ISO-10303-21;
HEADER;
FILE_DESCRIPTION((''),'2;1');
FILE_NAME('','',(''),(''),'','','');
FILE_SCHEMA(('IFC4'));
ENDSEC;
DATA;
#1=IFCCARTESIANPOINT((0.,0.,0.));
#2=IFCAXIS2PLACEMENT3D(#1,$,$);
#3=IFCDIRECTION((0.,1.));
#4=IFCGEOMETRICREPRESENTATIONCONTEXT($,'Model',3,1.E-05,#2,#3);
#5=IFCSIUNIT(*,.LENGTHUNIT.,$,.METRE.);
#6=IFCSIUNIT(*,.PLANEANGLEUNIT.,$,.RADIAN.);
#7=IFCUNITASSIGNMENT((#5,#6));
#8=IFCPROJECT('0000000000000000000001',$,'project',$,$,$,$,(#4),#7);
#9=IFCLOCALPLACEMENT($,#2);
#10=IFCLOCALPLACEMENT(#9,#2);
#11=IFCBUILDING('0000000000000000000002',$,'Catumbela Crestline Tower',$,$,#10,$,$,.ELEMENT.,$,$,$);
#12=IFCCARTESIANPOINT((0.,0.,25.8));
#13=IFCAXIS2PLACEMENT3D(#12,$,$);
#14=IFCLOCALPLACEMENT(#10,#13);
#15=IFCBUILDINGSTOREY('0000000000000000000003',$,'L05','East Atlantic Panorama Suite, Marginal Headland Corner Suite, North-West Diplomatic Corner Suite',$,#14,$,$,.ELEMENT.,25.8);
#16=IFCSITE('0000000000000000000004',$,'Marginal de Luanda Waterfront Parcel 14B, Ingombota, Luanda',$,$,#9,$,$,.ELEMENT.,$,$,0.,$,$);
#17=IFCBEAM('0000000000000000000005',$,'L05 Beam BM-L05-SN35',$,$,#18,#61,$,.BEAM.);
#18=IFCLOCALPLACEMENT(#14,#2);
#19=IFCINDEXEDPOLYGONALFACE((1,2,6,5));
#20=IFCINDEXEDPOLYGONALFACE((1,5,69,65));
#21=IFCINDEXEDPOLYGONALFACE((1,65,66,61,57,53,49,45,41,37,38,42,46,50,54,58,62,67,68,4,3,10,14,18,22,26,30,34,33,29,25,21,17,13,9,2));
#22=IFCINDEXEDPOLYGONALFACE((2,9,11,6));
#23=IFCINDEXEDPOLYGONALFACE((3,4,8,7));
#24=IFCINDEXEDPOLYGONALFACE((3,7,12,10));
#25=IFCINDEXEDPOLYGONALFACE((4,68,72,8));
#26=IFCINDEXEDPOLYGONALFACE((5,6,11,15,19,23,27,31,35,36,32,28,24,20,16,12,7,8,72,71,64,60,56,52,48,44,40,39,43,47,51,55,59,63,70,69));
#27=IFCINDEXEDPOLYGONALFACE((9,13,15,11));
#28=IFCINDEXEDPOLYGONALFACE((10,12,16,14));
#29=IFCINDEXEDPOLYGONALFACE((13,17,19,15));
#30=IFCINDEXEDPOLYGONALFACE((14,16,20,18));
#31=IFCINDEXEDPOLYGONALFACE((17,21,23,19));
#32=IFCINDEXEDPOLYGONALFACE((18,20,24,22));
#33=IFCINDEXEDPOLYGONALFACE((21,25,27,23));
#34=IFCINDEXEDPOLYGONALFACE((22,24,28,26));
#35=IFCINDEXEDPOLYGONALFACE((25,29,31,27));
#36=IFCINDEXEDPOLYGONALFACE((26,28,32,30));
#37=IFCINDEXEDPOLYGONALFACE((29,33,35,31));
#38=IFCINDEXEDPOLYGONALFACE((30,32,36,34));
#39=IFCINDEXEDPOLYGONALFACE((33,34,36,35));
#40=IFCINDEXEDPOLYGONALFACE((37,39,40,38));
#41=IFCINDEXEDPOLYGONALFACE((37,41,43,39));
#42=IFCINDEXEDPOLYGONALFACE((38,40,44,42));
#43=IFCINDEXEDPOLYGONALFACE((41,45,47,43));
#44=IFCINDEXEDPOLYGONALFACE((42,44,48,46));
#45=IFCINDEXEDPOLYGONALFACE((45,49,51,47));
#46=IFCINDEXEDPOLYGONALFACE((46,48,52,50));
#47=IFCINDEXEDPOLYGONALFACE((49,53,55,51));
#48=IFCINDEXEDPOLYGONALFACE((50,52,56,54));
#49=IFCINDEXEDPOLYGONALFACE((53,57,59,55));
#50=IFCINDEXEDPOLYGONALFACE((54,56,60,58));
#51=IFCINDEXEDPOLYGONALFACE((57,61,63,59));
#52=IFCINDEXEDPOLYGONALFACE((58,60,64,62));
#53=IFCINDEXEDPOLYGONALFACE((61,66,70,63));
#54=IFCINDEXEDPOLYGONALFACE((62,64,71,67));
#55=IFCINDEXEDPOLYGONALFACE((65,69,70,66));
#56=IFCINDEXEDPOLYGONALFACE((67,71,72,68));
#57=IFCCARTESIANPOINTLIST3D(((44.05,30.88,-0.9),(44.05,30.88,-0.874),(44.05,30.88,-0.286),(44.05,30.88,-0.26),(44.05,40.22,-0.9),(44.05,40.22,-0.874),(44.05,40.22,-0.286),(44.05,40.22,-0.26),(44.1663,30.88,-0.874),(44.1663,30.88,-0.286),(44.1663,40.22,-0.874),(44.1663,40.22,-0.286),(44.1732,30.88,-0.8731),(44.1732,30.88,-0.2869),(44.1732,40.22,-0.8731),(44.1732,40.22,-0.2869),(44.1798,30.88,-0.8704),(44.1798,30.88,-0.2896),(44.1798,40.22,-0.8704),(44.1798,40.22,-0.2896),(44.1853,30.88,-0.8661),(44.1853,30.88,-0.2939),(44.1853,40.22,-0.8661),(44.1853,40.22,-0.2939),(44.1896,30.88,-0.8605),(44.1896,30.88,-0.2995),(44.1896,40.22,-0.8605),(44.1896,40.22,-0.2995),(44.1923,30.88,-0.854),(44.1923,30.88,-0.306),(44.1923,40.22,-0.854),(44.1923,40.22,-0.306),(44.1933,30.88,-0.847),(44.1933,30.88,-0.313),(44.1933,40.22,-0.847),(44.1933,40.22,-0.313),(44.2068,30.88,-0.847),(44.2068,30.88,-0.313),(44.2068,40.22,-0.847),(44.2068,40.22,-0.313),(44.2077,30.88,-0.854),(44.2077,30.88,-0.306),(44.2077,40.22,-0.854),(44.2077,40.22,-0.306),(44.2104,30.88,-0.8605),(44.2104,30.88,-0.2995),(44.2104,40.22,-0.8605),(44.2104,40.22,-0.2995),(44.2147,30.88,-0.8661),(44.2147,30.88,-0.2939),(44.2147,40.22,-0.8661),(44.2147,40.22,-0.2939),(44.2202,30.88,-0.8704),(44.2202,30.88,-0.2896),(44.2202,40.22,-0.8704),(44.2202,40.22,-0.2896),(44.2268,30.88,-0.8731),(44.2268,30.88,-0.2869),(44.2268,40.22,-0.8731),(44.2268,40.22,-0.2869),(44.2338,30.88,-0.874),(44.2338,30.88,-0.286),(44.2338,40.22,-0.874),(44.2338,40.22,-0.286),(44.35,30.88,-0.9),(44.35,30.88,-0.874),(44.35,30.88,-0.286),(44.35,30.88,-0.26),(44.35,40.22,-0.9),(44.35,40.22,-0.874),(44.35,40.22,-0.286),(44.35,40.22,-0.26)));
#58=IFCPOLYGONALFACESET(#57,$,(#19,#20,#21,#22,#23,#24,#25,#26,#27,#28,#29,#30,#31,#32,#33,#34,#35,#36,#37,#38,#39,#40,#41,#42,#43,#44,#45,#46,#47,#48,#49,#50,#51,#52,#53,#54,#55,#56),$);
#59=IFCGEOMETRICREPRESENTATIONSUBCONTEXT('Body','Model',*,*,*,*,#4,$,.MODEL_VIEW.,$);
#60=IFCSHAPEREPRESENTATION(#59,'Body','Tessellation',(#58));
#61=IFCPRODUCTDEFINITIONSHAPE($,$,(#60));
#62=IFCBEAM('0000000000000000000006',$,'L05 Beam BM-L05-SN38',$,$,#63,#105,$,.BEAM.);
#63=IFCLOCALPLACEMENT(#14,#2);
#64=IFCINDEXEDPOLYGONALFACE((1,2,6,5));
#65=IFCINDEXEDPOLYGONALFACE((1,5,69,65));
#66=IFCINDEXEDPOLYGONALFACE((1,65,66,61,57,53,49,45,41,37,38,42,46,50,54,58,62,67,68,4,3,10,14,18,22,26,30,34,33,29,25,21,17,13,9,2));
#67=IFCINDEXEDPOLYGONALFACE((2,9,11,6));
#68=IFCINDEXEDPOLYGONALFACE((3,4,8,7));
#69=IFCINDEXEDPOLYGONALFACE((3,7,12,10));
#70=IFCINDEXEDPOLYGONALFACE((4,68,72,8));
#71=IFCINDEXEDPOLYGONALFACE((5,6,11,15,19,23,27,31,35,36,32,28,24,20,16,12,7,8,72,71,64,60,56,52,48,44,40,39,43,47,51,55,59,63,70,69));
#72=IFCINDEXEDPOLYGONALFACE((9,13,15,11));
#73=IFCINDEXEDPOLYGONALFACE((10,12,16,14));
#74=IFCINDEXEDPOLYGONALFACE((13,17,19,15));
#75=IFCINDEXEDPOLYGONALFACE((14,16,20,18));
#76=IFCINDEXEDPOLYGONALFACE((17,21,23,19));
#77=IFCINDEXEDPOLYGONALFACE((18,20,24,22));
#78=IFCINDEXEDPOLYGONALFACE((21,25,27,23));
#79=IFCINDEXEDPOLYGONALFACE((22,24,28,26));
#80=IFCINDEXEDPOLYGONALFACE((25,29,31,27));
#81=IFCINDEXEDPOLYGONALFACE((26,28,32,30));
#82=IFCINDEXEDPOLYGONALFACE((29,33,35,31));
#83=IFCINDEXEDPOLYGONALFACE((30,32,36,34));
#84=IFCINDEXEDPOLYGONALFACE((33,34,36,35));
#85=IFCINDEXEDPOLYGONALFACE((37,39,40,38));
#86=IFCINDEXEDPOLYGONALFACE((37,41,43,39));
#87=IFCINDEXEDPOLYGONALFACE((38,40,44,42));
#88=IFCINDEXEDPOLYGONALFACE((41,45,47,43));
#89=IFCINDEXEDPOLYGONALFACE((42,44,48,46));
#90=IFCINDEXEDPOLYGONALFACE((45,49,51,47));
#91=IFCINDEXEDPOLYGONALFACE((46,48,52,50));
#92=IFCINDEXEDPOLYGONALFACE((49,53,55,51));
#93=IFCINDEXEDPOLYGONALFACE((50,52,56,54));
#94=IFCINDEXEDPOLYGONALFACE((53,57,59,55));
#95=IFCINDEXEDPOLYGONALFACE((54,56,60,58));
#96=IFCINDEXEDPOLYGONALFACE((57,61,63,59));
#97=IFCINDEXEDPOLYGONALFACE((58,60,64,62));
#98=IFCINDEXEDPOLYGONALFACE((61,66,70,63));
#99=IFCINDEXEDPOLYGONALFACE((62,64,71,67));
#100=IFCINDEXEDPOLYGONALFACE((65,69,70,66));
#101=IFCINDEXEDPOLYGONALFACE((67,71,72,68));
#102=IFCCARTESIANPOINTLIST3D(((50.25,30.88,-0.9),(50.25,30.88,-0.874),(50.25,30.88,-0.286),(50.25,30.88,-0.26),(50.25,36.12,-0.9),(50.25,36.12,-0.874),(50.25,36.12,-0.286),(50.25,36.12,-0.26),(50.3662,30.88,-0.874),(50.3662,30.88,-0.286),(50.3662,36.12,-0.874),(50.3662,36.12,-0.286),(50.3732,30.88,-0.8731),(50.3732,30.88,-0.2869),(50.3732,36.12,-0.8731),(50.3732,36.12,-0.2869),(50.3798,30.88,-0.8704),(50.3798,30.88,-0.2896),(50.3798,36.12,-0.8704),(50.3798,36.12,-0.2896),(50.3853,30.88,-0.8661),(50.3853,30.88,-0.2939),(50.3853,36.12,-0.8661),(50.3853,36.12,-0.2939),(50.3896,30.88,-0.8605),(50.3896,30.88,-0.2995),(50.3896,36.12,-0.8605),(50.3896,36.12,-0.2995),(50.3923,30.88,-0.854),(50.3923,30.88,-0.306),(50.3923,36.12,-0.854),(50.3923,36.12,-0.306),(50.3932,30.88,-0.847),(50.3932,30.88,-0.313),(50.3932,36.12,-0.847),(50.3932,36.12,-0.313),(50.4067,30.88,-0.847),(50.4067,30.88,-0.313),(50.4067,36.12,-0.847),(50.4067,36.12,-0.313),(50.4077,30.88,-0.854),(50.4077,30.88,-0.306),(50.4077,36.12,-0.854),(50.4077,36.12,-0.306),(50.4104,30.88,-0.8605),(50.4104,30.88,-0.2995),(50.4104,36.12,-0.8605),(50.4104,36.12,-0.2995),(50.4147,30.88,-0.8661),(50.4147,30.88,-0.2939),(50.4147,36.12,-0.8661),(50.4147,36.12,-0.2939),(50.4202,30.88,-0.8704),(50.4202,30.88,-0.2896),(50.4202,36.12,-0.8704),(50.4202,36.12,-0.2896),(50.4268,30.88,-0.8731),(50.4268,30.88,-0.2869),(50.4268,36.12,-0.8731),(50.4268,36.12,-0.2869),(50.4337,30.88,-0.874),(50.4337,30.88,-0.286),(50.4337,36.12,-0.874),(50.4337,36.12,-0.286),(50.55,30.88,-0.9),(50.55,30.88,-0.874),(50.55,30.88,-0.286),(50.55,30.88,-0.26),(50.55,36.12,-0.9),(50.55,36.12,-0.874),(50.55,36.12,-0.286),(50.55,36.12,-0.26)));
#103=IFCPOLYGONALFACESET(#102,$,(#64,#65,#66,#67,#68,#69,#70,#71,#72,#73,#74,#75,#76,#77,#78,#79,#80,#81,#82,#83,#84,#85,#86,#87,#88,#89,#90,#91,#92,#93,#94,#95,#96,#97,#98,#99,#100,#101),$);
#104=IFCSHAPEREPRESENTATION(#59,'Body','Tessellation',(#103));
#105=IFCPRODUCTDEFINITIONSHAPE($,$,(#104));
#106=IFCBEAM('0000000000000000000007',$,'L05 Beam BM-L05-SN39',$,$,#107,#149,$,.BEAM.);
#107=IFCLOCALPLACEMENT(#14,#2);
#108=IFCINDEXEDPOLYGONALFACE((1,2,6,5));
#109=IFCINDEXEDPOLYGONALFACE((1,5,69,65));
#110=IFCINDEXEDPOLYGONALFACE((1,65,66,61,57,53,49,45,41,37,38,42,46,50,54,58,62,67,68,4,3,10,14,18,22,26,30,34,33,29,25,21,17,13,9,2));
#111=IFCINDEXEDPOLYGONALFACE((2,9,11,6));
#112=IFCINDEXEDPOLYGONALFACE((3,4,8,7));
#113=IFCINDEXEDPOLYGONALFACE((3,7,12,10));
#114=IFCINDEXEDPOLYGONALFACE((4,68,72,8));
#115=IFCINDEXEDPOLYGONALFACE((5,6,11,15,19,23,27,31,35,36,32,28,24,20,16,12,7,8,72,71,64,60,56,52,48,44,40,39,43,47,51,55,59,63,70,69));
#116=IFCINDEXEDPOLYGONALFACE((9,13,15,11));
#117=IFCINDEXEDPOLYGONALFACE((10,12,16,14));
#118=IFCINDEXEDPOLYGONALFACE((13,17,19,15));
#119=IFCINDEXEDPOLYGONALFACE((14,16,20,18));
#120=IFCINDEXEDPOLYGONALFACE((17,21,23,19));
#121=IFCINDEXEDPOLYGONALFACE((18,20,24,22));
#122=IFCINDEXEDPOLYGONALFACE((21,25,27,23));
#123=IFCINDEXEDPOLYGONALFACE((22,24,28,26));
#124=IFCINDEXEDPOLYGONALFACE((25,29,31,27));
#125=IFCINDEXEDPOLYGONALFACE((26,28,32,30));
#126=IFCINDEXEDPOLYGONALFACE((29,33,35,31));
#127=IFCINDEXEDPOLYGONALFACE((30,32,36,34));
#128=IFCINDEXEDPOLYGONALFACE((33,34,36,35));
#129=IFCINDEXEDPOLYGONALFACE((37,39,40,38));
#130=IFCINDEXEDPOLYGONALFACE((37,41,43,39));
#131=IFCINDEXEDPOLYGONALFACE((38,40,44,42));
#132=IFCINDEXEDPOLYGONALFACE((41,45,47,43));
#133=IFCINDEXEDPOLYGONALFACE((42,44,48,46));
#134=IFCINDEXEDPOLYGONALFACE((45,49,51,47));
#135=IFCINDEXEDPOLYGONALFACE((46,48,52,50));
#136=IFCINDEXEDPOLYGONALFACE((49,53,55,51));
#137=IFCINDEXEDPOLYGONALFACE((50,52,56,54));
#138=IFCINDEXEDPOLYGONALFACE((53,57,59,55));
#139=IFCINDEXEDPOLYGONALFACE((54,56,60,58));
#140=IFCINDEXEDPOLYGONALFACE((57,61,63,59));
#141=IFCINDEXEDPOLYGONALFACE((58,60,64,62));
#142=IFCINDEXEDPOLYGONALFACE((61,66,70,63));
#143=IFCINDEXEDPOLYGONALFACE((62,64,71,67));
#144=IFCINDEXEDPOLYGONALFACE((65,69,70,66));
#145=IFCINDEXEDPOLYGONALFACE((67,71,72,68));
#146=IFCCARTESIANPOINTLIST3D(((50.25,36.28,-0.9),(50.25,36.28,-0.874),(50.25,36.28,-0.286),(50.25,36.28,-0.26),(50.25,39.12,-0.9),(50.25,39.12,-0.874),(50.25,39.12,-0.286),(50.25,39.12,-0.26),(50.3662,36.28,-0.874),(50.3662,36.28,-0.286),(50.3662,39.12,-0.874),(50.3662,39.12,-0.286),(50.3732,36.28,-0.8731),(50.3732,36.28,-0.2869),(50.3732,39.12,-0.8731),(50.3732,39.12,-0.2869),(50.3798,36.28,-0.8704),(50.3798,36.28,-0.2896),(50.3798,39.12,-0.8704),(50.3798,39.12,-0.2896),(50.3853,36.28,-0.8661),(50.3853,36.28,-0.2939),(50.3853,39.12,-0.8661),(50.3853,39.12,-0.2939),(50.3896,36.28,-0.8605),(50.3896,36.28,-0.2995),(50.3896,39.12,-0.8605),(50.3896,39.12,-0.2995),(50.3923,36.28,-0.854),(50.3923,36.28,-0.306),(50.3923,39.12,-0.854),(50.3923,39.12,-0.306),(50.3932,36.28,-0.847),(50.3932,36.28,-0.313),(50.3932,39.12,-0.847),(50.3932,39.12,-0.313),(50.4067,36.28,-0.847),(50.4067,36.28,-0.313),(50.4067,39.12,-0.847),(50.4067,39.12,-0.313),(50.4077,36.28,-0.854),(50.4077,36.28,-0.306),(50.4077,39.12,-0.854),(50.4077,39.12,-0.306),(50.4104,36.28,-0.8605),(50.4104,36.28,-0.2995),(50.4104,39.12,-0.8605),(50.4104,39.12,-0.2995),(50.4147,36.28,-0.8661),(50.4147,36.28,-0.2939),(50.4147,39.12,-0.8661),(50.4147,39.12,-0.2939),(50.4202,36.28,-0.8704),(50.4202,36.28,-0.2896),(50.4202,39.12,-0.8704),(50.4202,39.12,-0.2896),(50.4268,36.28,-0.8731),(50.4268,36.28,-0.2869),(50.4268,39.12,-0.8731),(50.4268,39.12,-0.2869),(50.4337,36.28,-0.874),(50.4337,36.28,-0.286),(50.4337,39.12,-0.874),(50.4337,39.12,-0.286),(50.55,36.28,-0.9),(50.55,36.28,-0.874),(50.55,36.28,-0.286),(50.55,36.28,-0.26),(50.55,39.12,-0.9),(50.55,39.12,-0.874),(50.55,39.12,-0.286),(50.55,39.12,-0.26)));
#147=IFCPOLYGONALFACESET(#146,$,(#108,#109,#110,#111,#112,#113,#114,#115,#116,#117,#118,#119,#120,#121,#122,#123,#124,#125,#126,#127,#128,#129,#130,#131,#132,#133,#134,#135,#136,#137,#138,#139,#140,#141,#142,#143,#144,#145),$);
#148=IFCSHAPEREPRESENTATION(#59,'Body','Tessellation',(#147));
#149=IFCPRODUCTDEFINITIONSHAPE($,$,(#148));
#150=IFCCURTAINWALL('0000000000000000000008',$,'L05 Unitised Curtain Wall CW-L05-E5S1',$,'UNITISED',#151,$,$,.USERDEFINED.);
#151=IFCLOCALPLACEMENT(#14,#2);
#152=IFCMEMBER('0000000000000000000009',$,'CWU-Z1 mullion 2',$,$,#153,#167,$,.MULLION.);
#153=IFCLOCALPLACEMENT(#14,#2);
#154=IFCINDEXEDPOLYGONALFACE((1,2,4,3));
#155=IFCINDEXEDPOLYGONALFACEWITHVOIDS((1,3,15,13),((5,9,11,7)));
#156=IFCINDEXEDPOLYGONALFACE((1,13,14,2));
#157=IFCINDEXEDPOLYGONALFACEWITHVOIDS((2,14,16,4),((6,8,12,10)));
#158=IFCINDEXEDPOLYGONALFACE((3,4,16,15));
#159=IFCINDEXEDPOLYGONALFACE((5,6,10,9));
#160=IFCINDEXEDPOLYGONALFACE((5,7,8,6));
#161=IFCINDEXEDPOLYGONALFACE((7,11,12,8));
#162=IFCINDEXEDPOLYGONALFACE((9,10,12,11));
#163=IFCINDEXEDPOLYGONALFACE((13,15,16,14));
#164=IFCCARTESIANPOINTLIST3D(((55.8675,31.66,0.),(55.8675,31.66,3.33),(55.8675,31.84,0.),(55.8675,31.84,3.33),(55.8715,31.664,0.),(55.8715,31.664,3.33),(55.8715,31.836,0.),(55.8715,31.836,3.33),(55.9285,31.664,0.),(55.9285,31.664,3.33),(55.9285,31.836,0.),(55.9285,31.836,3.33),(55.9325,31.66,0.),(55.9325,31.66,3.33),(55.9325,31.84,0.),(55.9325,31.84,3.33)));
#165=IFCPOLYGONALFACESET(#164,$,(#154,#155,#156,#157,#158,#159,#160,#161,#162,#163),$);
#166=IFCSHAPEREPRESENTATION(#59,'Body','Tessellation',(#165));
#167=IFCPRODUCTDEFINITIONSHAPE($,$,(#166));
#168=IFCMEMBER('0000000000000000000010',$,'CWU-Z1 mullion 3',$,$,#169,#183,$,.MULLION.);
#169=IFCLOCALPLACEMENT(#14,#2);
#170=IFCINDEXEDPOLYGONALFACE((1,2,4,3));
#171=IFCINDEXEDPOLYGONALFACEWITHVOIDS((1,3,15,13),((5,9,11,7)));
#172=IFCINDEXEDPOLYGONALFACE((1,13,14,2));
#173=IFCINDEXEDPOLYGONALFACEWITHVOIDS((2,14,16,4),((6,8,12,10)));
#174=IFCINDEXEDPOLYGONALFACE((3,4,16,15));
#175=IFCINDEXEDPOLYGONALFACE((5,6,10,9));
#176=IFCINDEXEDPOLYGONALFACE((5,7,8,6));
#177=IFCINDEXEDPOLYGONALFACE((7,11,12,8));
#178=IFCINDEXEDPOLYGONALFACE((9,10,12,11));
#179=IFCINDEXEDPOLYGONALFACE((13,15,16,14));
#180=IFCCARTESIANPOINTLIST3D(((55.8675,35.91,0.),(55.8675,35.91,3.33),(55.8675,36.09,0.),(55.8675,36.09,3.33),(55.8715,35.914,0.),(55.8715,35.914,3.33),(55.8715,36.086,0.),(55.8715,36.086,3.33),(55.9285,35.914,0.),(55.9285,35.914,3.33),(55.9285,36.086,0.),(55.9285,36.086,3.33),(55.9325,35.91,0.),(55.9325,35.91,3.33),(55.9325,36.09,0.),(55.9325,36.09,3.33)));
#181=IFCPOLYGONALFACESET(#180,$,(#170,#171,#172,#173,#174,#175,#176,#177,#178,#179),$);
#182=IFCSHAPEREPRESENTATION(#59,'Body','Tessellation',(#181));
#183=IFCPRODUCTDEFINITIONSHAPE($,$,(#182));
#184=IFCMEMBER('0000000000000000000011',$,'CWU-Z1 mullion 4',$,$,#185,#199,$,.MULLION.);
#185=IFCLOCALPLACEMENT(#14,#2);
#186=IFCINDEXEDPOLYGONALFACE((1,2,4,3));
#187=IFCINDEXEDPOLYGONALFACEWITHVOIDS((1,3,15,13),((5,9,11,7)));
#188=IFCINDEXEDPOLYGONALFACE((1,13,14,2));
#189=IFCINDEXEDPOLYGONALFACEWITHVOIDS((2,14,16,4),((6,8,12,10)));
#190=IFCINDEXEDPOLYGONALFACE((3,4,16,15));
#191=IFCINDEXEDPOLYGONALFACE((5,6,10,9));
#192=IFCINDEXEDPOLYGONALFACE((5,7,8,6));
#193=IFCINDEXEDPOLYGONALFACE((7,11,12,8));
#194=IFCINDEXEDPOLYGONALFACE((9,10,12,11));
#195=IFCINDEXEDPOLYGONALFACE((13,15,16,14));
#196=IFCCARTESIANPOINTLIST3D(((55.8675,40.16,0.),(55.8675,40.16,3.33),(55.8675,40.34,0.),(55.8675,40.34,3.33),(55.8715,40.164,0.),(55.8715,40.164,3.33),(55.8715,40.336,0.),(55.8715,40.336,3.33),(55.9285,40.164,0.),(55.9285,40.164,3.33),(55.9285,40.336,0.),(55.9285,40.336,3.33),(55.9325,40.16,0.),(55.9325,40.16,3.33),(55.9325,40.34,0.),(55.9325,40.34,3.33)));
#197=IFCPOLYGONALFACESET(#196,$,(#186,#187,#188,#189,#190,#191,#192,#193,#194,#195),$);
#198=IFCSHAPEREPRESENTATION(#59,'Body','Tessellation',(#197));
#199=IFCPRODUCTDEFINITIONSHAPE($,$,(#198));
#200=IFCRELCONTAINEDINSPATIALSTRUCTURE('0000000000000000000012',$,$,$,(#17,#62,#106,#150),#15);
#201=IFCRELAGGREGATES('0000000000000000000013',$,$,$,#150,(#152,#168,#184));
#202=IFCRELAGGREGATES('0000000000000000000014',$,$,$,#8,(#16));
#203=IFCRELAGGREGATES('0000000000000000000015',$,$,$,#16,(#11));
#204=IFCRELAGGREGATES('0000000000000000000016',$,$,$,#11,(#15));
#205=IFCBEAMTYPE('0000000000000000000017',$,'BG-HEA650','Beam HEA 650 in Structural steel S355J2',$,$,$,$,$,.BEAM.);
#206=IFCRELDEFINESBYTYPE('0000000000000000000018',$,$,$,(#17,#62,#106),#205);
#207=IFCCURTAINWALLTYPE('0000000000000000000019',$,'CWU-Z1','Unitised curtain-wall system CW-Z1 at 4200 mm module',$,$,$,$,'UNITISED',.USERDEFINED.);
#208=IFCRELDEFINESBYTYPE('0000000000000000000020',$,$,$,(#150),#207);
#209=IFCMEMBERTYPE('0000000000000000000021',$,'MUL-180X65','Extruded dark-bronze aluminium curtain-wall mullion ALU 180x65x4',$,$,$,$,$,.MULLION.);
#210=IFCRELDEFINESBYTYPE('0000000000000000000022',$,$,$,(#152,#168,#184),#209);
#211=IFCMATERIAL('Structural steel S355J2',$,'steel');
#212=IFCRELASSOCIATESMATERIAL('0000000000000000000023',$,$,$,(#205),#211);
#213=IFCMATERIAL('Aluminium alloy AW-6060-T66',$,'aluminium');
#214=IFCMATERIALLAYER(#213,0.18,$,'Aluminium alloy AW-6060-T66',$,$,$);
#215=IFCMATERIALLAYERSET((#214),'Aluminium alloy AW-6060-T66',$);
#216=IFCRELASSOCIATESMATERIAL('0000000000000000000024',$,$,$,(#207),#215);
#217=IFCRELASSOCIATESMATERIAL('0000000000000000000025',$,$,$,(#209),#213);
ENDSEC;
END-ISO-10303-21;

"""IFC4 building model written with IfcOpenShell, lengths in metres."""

from ifc_helpers import new_model, si_unit, direction, frame, origin, origin_2d, place, context, subcontext, project, spatial, hollow_rectangle, i_section, extrude, material, layer, layer_set, material_profile, profile_set, type_object, element, aggregate, save


model = new_model("IFC4")

# Units and contexts
model_context = context("Model", 3, precision=1e-05, world=origin(), true_north=direction((0.0, 1.0)))
body_context = subcontext(model_context, "Body", "Model", "MODEL_VIEW")
ifc_project = project(units=[si_unit("LENGTHUNIT", "METRE"), si_unit("PLANEANGLEUNIT", "RADIAN")], contexts=[model_context])

# Site, building, storey
site_placement = place(None, origin())
site = spatial("IfcSite", under=ifc_project, at=site_placement, Name="Marginal de Luanda Waterfront Parcel 14B, Ingombota, Luanda", CompositionType="ELEMENT", RefElevation=0.0)
building_placement = place(site_placement, origin())
building = spatial("IfcBuilding", under=site, at=building_placement, Name="Catumbela Crestline Tower", CompositionType="ELEMENT")
storey_placement = place(building_placement, frame((0.0, 0.0, 25.8)))
storey = spatial("IfcBuildingStorey", under=building, at=storey_placement, Name="L05", Description="East Atlantic Panorama Suite, Marginal Headland Corner Suite, North-West Diplomatic Corner Suite", CompositionType="ELEMENT", Elevation=25.8)

# Beams
ifc_material_1 = material(Name="Structural steel S355J2", Category="steel")
ifc_material_profile_1 = material_profile(ifc_material_1, i_section(OverallWidth=0.3, OverallDepth=0.64, WebThickness=0.0135, FlangeThickness=0.026, FilletRadius=0.027, at=origin_2d()), Name="HEA 650")
ifc_profile_set_1 = profile_set([ifc_material_profile_1], Name="Structural steel S355J2")
beam_type_1 = type_object("IfcBeamType", Name="BG-HEA650", Description="Beam HEA 650 in Structural steel S355J2", PredefinedType="BEAM", material=ifc_profile_set_1)
beam_1_placement = place(storey_placement, frame((44.2, 30.88, -0.58), z_axis=(0.0, 1.0, 0.0), x_axis=(-1.0, 0.0, 0.0)))
element("IfcBeam", 1, at=beam_1_placement, inside=storey, type_object=beam_type_1, Name="L05 Beam BM-L05-SN35", PredefinedType="BEAM", context=body_context, shape_type="SweptSolid", body=[
    extrude(i_section(OverallWidth=0.3, OverallDepth=0.64, WebThickness=0.0135, FlangeThickness=0.026, FilletRadius=0.027, at=origin_2d()), origin(), (0.0, 0.0, 1.0), 9.34),
])
beam_2_placement = place(storey_placement, frame((50.4, 30.88, -0.58), z_axis=(0.0, 1.0, 0.0), x_axis=(-1.0, 0.0, 0.0)))
element("IfcBeam", 2, at=beam_2_placement, inside=storey, type_object=beam_type_1, Name="L05 Beam BM-L05-SN38", PredefinedType="BEAM", context=body_context, shape_type="SweptSolid", body=[
    extrude(i_section(OverallWidth=0.3, OverallDepth=0.64, WebThickness=0.0135, FlangeThickness=0.026, FilletRadius=0.027, at=origin_2d()), origin(), (0.0, 0.0, 1.0), 5.24),
])
beam_3_placement = place(storey_placement, frame((50.4, 36.28, -0.58), z_axis=(0.0, 1.0, 0.0), x_axis=(-1.0, 0.0, 0.0)))
element("IfcBeam", 3, at=beam_3_placement, inside=storey, type_object=beam_type_1, Name="L05 Beam BM-L05-SN39", PredefinedType="BEAM", context=body_context, shape_type="SweptSolid", body=[
    extrude(i_section(OverallWidth=0.3, OverallDepth=0.64, WebThickness=0.0135, FlangeThickness=0.026, FilletRadius=0.027, at=origin_2d()), origin(), (0.0, 0.0, 1.0), 2.84),
])

# Curtain wall, members
ifc_material_2 = material(Name="Aluminium alloy AW-6060-T66", Category="aluminium")
ifc_layer_1 = layer(ifc_material_2, 0.18, Name="Aluminium alloy AW-6060-T66")
ifc_layer_set_1 = layer_set([ifc_layer_1], Name="Aluminium alloy AW-6060-T66")
curtain_wall_type = type_object("IfcCurtainWallType", Name="CWU-Z1", Description="Unitised curtain-wall system CW-Z1 at 4200 mm module", ElementType="UNITISED", PredefinedType="USERDEFINED", material=ifc_layer_set_1)
curtain_wall_placement = place(storey_placement, origin())
curtain_wall = element("IfcCurtainWall", 4, at=curtain_wall_placement, inside=storey, type_object=curtain_wall_type, Name="L05 Unitised Curtain Wall CW-L05-E5S1", ObjectType="UNITISED", PredefinedType="USERDEFINED")
ifc_material_profile_2 = material_profile(ifc_material_2, hollow_rectangle(XDim=0.065, YDim=0.18, WallThickness=0.004, at=origin_2d()), Name="ALU 180x65x4")
ifc_profile_set_2 = profile_set([ifc_material_profile_2], Name="Aluminium alloy AW-6060-T66")
member_type_1 = type_object("IfcMemberType", Name="MUL-180X65", Description="Extruded dark-bronze aluminium curtain-wall mullion ALU 180x65x4", PredefinedType="MULLION", material=ifc_profile_set_2)
member_1_placement = place(storey_placement, frame((55.9, 31.75, 0.0), z_axis=(0.0, 0.0, 1.0), x_axis=(-1.0, 0.0, 0.0)))
member_1 = element("IfcMember", 5, at=member_1_placement, type_object=member_type_1, Name="CWU-Z1 mullion 2", PredefinedType="MULLION", context=body_context, shape_type="SweptSolid", body=[
    extrude(hollow_rectangle(XDim=0.065, YDim=0.18, WallThickness=0.004, at=origin_2d()), origin(), (0.0, 0.0, 1.0), 3.33),
])
member_2_placement = place(storey_placement, frame((55.9, 36.0, 0.0), z_axis=(0.0, 0.0, 1.0), x_axis=(-1.0, 0.0, 0.0)))
member_2 = element("IfcMember", 6, at=member_2_placement, type_object=member_type_1, Name="CWU-Z1 mullion 3", PredefinedType="MULLION", context=body_context, shape_type="SweptSolid", body=[
    extrude(hollow_rectangle(XDim=0.065, YDim=0.18, WallThickness=0.004, at=origin_2d()), origin(), (0.0, 0.0, 1.0), 3.33),
])
member_3_placement = place(storey_placement, frame((55.9, 40.25, 0.0), z_axis=(0.0, 0.0, 1.0), x_axis=(-1.0, 0.0, 0.0)))
member_3 = element("IfcMember", 7, at=member_3_placement, type_object=member_type_1, Name="CWU-Z1 mullion 4", PredefinedType="MULLION", context=body_context, shape_type="SweptSolid", body=[
    extrude(hollow_rectangle(XDim=0.065, YDim=0.18, WallThickness=0.004, at=origin_2d()), origin(), (0.0, 0.0, 1.0), 3.33),
])

aggregate(curtain_wall, [member_1, member_2, member_3])

save(model, "model.ifc")
